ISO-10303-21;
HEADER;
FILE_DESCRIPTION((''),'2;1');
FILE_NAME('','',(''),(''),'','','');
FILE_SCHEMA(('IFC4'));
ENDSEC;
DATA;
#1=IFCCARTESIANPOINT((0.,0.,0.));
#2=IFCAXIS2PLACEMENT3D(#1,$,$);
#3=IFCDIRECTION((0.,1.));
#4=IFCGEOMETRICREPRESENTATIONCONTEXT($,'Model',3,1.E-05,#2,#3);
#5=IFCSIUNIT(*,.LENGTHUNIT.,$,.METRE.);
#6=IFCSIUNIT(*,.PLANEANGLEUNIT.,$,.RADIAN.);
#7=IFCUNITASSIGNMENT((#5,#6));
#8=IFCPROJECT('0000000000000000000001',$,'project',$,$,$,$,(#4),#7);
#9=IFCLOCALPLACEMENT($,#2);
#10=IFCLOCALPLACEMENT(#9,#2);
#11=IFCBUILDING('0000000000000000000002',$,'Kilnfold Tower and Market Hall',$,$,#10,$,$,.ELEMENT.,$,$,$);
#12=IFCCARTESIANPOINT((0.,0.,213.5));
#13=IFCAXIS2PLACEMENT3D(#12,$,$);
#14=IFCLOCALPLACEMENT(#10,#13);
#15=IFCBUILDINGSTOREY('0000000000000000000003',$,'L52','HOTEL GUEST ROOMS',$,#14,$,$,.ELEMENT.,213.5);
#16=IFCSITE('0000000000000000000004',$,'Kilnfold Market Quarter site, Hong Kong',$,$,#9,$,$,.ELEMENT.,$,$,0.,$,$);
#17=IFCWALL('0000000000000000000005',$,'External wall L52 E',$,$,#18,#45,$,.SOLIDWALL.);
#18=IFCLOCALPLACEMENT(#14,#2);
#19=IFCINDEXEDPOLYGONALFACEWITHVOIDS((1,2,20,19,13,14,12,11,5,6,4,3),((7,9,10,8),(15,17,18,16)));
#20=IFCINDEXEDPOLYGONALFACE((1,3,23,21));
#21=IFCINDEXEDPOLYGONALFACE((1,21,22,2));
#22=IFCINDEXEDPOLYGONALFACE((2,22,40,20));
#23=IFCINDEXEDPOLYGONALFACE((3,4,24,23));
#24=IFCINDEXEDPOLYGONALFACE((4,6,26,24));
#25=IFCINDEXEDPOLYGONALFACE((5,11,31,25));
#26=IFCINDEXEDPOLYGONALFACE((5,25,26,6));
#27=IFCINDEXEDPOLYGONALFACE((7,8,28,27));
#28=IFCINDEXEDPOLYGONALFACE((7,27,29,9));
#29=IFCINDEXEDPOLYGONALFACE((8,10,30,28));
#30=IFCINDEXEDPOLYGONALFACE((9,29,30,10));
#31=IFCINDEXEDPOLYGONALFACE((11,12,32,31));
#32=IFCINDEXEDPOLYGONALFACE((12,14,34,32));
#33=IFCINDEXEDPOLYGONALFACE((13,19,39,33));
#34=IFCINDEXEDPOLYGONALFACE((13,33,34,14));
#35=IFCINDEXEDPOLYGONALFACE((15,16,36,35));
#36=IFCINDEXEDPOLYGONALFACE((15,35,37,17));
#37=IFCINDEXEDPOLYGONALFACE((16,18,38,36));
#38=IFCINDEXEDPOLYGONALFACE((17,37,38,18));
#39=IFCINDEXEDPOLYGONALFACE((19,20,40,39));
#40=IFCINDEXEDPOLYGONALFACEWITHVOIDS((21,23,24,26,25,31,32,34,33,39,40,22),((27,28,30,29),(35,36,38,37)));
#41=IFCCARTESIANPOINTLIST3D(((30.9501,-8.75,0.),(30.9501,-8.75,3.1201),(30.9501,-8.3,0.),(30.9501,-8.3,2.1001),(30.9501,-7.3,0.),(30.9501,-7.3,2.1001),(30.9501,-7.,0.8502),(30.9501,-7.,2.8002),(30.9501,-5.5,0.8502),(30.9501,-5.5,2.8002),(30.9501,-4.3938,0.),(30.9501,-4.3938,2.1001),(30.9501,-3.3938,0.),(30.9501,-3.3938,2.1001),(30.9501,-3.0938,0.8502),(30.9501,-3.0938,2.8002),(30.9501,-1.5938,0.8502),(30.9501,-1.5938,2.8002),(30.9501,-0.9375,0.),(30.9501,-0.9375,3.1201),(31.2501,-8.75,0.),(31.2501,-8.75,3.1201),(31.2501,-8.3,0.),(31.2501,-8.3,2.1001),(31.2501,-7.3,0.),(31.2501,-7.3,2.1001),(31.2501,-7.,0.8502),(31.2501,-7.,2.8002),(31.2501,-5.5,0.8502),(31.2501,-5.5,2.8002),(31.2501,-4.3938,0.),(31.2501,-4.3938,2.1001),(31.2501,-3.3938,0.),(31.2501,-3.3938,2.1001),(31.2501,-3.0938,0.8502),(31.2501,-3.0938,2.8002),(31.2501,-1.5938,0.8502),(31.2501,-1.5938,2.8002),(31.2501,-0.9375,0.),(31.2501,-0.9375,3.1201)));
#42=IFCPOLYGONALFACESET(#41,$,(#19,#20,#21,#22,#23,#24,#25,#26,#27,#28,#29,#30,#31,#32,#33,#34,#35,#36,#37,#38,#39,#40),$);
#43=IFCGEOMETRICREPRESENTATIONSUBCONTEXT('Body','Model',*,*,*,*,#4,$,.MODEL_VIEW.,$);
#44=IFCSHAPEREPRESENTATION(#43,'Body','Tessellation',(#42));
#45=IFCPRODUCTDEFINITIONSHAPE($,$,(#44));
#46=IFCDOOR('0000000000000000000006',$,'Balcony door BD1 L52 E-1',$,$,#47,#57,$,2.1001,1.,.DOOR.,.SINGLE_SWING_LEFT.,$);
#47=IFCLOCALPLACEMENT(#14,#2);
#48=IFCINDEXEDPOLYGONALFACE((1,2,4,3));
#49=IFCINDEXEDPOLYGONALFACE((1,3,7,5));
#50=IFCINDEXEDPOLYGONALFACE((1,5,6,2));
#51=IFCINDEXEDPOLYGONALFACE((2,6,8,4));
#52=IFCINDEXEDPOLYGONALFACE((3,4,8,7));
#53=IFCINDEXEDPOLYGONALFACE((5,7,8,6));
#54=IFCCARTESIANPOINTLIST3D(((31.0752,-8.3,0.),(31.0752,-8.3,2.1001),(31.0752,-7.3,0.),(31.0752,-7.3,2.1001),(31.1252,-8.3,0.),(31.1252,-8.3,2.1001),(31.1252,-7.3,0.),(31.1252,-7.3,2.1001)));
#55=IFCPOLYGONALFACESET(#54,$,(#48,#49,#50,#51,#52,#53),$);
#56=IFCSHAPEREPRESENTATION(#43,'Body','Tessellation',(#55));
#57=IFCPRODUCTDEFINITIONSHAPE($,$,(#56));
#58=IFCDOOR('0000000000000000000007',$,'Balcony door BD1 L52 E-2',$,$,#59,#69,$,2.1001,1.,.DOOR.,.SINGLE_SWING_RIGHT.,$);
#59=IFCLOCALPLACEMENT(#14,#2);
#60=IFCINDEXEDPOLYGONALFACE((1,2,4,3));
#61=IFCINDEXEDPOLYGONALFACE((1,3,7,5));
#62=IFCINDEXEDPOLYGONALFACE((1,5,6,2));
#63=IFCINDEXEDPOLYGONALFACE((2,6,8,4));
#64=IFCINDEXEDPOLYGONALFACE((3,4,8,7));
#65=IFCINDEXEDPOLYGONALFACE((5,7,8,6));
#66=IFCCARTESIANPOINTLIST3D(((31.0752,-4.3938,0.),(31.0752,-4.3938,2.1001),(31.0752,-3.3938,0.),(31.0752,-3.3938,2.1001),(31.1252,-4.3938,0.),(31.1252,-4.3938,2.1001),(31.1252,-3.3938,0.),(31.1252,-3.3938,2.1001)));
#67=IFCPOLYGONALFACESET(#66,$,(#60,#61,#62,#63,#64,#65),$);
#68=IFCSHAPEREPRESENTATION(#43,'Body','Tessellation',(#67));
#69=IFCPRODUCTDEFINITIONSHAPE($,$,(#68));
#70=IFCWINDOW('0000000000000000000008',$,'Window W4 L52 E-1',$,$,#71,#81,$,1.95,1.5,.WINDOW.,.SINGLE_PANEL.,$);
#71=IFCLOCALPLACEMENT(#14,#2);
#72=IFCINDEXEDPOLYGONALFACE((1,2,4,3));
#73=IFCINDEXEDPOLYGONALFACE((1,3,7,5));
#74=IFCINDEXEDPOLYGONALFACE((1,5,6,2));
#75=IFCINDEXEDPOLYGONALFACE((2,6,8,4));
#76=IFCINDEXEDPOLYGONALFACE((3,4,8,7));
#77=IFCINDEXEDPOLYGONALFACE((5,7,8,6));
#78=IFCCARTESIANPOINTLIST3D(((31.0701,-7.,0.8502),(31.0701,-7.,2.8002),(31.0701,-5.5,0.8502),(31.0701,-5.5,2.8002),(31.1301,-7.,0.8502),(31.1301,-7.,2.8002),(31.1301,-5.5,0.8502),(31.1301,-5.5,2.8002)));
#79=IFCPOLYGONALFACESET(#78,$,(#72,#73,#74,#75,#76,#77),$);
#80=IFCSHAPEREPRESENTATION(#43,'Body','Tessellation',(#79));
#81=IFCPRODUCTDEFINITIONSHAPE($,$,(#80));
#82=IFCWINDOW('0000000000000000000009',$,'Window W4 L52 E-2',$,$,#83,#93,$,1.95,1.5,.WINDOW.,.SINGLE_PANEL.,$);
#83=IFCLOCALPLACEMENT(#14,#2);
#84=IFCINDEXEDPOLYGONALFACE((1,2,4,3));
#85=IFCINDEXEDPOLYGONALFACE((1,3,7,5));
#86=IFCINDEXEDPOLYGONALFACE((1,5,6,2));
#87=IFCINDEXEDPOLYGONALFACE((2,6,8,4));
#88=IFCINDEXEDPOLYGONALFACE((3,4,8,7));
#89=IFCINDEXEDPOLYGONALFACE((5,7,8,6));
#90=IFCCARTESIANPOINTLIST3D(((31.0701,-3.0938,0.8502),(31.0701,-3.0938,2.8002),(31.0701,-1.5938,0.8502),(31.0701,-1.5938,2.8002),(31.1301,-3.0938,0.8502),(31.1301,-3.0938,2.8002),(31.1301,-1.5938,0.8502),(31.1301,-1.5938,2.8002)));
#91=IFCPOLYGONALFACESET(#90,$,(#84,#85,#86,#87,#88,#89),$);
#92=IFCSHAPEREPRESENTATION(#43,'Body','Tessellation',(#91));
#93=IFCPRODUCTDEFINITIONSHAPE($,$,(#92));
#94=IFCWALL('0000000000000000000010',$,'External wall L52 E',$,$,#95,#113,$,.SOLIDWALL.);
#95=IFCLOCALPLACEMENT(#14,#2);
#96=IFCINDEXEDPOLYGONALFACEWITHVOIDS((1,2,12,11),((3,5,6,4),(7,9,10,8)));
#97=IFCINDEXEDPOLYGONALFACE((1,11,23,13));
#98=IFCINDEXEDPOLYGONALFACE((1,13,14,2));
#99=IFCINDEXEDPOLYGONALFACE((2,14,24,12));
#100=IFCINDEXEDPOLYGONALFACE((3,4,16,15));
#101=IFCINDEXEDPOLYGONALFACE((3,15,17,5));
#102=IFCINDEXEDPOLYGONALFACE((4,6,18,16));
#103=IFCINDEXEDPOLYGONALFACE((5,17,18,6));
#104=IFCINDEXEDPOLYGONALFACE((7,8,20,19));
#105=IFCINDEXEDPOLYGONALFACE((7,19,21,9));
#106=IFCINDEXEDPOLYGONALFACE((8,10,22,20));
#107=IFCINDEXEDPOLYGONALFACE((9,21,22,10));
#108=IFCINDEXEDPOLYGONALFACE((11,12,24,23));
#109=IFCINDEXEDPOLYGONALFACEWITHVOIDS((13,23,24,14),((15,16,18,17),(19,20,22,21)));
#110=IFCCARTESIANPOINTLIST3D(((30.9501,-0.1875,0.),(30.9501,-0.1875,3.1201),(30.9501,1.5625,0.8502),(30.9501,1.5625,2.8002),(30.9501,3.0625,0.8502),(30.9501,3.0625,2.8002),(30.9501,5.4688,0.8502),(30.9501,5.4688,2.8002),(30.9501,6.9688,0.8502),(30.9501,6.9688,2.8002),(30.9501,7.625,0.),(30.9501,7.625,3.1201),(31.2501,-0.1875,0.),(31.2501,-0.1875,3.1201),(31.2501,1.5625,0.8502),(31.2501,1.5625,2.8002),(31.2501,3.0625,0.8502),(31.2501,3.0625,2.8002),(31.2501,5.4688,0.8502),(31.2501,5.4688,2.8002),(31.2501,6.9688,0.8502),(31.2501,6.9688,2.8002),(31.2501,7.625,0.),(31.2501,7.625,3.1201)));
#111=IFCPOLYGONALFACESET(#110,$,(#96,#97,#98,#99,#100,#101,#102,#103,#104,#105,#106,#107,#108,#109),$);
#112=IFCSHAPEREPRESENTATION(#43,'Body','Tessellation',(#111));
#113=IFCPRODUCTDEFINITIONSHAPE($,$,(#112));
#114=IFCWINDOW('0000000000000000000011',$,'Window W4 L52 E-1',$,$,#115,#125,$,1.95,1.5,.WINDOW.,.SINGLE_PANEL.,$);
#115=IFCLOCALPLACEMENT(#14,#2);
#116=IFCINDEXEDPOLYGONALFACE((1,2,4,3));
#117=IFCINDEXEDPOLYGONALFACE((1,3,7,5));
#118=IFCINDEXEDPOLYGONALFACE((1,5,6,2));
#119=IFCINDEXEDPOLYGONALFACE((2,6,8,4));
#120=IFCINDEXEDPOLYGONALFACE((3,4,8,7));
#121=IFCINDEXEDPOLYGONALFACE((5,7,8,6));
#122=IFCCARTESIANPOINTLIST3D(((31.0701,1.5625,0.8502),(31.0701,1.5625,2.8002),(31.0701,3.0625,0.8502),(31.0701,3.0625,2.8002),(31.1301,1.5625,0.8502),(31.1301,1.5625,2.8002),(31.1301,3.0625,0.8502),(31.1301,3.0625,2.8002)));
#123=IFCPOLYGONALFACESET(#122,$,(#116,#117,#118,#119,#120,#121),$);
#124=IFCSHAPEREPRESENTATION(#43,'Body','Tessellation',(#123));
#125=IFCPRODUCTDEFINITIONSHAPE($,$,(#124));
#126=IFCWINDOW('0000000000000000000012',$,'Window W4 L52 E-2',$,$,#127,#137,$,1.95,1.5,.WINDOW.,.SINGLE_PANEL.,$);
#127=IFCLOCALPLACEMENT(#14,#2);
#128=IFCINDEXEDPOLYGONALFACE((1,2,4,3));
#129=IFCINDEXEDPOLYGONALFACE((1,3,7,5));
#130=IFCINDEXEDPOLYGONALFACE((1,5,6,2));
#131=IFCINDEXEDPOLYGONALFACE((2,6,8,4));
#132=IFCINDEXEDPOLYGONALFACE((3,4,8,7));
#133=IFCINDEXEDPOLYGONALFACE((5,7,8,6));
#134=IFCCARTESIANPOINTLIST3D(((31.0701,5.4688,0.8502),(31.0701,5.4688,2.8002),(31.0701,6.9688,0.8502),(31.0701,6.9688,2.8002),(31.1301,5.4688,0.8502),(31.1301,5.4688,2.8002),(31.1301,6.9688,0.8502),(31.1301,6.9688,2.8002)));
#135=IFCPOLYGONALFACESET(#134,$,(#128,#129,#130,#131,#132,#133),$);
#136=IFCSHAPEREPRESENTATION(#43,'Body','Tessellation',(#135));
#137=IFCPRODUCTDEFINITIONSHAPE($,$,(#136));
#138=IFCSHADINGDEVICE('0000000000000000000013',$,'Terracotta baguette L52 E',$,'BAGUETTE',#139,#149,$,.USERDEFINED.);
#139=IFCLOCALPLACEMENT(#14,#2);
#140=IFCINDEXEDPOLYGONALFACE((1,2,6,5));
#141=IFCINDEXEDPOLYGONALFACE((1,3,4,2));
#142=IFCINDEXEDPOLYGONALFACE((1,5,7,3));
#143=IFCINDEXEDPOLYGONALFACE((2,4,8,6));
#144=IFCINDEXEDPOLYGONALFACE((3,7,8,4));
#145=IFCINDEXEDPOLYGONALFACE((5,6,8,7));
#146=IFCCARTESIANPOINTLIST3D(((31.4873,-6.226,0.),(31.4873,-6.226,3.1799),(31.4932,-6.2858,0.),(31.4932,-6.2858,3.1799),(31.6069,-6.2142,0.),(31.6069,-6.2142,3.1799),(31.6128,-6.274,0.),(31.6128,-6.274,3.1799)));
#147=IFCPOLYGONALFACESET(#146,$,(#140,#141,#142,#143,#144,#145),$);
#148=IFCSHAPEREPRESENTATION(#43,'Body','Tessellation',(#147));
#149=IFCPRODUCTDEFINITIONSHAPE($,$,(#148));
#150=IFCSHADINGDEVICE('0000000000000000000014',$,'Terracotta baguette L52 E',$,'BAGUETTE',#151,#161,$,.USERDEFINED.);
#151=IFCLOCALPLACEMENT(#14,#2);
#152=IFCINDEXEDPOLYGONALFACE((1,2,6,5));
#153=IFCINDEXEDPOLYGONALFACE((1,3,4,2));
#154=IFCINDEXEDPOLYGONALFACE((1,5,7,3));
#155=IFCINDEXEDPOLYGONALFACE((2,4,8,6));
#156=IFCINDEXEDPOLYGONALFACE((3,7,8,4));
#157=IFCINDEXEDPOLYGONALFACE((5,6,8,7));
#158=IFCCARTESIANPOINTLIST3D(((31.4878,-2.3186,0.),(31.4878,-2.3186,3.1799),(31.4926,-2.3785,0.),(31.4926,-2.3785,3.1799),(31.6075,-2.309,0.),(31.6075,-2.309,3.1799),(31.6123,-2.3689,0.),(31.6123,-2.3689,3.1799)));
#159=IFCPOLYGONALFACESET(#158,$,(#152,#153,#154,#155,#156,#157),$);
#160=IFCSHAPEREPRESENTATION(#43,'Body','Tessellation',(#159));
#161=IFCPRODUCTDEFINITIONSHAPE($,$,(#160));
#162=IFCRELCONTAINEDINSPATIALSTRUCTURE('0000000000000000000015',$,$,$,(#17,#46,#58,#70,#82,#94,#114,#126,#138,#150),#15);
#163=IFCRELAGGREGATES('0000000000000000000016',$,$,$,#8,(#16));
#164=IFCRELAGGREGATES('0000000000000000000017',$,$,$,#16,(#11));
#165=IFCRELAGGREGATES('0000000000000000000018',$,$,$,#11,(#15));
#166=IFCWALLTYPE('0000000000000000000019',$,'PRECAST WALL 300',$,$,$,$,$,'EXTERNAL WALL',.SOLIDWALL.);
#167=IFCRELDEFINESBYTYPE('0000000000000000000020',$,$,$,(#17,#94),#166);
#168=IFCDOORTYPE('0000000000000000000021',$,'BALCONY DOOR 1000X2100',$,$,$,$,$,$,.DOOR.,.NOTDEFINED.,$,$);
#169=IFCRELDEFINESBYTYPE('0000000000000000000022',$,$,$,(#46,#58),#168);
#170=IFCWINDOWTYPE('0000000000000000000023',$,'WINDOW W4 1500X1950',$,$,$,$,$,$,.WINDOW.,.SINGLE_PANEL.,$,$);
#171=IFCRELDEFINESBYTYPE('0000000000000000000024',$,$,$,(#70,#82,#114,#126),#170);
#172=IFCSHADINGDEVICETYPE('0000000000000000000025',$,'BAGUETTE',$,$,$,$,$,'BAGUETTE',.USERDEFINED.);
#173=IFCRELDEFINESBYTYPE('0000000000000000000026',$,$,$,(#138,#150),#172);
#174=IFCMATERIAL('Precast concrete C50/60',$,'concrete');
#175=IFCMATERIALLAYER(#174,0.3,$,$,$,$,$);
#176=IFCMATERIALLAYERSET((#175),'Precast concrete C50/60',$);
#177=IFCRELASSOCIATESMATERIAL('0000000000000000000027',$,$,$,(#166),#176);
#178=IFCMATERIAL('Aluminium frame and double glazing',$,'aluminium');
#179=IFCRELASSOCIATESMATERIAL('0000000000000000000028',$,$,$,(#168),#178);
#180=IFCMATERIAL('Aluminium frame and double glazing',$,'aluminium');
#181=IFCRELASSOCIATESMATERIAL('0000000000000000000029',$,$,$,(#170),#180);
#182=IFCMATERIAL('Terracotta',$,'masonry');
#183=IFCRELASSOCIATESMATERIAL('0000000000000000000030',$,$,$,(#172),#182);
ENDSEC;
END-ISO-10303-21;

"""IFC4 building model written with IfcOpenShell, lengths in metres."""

from ifc_helpers import new_model, si_unit, direction, frame, frame_2d, origin, origin_2d, place, context, subcontext, project, spatial, rectangle, extrude, source, transform, mapped, material, layer, layer_set, material_profile, profile_set, type_object, element, fill, save


model = new_model("IFC4")

# Units and contexts
model_context = context("Model", 3, precision=1e-05, world=origin(), true_north=direction((0.0, 1.0)))
body_context = subcontext(model_context, "Body", "Model", "MODEL_VIEW")
ifc_project = project(units=[si_unit("LENGTHUNIT", "METRE"), si_unit("PLANEANGLEUNIT", "RADIAN")], contexts=[model_context])

# Site, building, storey
site_placement = place(None, origin())
site = spatial("IfcSite", under=ifc_project, at=site_placement, Name="Kilnfold Market Quarter site, Hong Kong", CompositionType="ELEMENT", RefElevation=0.0)
building_placement = place(site_placement, origin())
building = spatial("IfcBuilding", under=site, at=building_placement, Name="Kilnfold Tower and Market Hall", CompositionType="ELEMENT")
storey_placement = place(building_placement, frame((0.0, 0.0, 213.5)))
storey = spatial("IfcBuildingStorey", under=building, at=storey_placement, Name="L52", Description="HOTEL GUEST ROOMS", CompositionType="ELEMENT", Elevation=213.5)

# Wall, openings, doors, windows
ifc_material_1 = material(Name="Precast concrete C50/60", Category="concrete")
ifc_layer_1 = layer(ifc_material_1, 0.3)
ifc_layer_set_1 = layer_set([ifc_layer_1], Name="Precast concrete C50/60")
wall_type_1 = type_object("IfcWallType", Name="PRECAST WALL 300", ElementType="EXTERNAL WALL", PredefinedType="SOLIDWALL", material=ifc_layer_set_1)
shared_shape_1 = source(origin(), body_context, "Body", "SweptSolid", [
    extrude(rectangle(XDim=7.8125, YDim=0.3, at=frame_2d((3.9062, 0.0))), origin(), (0.0, 0.0, 1.0), 3.1201),
])
wall_1_placement = place(storey_placement, frame((31.1001, -8.75, 0.0), z_axis=(0.0, 0.0, 1.0), x_axis=(0.0, 1.0, 0.0)))
wall_1 = element("IfcWall", 1, at=wall_1_placement, inside=storey, type_object=wall_type_1, Name="External wall L52 E", PredefinedType="SOLIDWALL", context=body_context, shape_type="MappedRepresentation", body=[
    mapped(shared_shape_1, transform((0.0, 0.0, 0.0))),
])
opening_1_placement = place(wall_1_placement, frame((1.75, 0.0, 0.8501)))
opening_1 = element("IfcOpeningElement", 2, at=opening_1_placement, cuts=wall_1, PredefinedType="OPENING", context=body_context, shape_type="SweptSolid", body=[
    extrude(rectangle(XDim=1.5, YDim=1.95, at=frame_2d((0.75, 0.9751))), frame((0.0, 0.1602, 0.0), z_axis=(0.0, -1.0, 0.0), x_axis=(1.0, 0.0, 0.0)), (0.0, 0.0, 1.0), 0.3201),
])
opening_2_placement = place(wall_1_placement, frame((0.45, 0.0, 0.0)))
opening_2 = element("IfcOpeningElement", 3, at=opening_2_placement, cuts=wall_1, PredefinedType="OPENING", context=body_context, shape_type="SweptSolid", body=[
    extrude(rectangle(XDim=1.0, YDim=2.1001, at=frame_2d((0.5, 1.05))), frame((0.0, 0.1602, 0.0), z_axis=(0.0, -1.0, 0.0), x_axis=(1.0, 0.0, 0.0)), (0.0, 0.0, 1.0), 0.3201),
])
opening_3_placement = place(wall_1_placement, frame((5.6562, 0.0, 0.8501)))
opening_3 = element("IfcOpeningElement", 4, at=opening_3_placement, cuts=wall_1, PredefinedType="OPENING", context=body_context, shape_type="SweptSolid", body=[
    extrude(rectangle(XDim=1.5, YDim=1.95, at=frame_2d((0.75, 0.9751))), frame((0.0, 0.1602, 0.0), z_axis=(0.0, -1.0, 0.0), x_axis=(1.0, 0.0, 0.0)), (0.0, 0.0, 1.0), 0.3201),
])
opening_4_placement = place(wall_1_placement, frame((4.3562, 0.0, 0.0)))
opening_4 = element("IfcOpeningElement", 5, at=opening_4_placement, cuts=wall_1, PredefinedType="OPENING", context=body_context, shape_type="SweptSolid", body=[
    extrude(rectangle(XDim=1.0, YDim=2.1001, at=frame_2d((0.5, 1.05))), frame((0.0, 0.1602, 0.0), z_axis=(0.0, -1.0, 0.0), x_axis=(1.0, 0.0, 0.0)), (0.0, 0.0, 1.0), 0.3201),
])
ifc_material_2 = material(Name="Aluminium frame and double glazing", Category="aluminium")
door_type_1 = type_object("IfcDoorType", Name="BALCONY DOOR 1000X2100", OperationType="NOTDEFINED", PredefinedType="DOOR", material=ifc_material_2)
door_1_placement = place(opening_2_placement, origin())
door_1 = element("IfcDoor", 6, at=door_1_placement, inside=storey, type_object=door_type_1, Name="Balcony door BD1 L52 E-1", OperationType="SINGLE_SWING_LEFT", OverallHeight=2.1001, OverallWidth=1.0, PredefinedType="DOOR", context=body_context, shape_type="SweptSolid", body=[
    extrude(rectangle(XDim=1.0, YDim=2.1001, at=frame_2d((0.5, 1.05))), frame((0.0, 0.0249, 0.0), z_axis=(0.0, -1.0, 0.0), x_axis=(1.0, 0.0, 0.0)), (0.0, 0.0, 1.0), 0.05),
])
fill(opening_2, door_1)
door_2_placement = place(opening_4_placement, origin())
door_2 = element("IfcDoor", 7, at=door_2_placement, inside=storey, type_object=door_type_1, Name="Balcony door BD1 L52 E-2", OperationType="SINGLE_SWING_RIGHT", OverallHeight=2.1001, OverallWidth=1.0, PredefinedType="DOOR", context=body_context, shape_type="SweptSolid", body=[
    extrude(rectangle(XDim=1.0, YDim=2.1001, at=frame_2d((0.5, 1.05))), frame((0.0, 0.0249, 0.0), z_axis=(0.0, -1.0, 0.0), x_axis=(1.0, 0.0, 0.0)), (0.0, 0.0, 1.0), 0.05),
])
fill(opening_4, door_2)
ifc_material_3 = material(Name="Aluminium frame and double glazing", Category="aluminium")
window_type = type_object("IfcWindowType", Name="WINDOW W4 1500X1950", PartitioningType="SINGLE_PANEL", PredefinedType="WINDOW", material=ifc_material_3)
window_1_placement = place(opening_1_placement, origin())
window_1 = element("IfcWindow", 8, at=window_1_placement, inside=storey, type_object=window_type, Name="Window W4 L52 E-1", OverallHeight=1.95, OverallWidth=1.5, PartitioningType="SINGLE_PANEL", PredefinedType="WINDOW", context=body_context, shape_type="SweptSolid", body=[
    extrude(rectangle(XDim=1.5, YDim=1.95, at=frame_2d((0.75, 0.9751))), frame((0.0, 0.03, 0.0), z_axis=(0.0, -1.0, 0.0), x_axis=(1.0, 0.0, 0.0)), (0.0, 0.0, 1.0), 0.0601),
])
fill(opening_1, window_1)
window_2_placement = place(opening_3_placement, origin())
window_2 = element("IfcWindow", 9, at=window_2_placement, inside=storey, type_object=window_type, Name="Window W4 L52 E-2", OverallHeight=1.95, OverallWidth=1.5, PartitioningType="SINGLE_PANEL", PredefinedType="WINDOW", context=body_context, shape_type="SweptSolid", body=[
    extrude(rectangle(XDim=1.5, YDim=1.95, at=frame_2d((0.75, 0.9751))), frame((0.0, 0.03, 0.0), z_axis=(0.0, -1.0, 0.0), x_axis=(1.0, 0.0, 0.0)), (0.0, 0.0, 1.0), 0.0601),
])
fill(opening_3, window_2)

# Wall, openings, windows
wall_2_placement = place(storey_placement, frame((31.1001, -0.1875, 0.0), z_axis=(0.0, 0.0, 1.0), x_axis=(0.0, 1.0, 0.0)))
wall_2 = element("IfcWall", 10, at=wall_2_placement, inside=storey, type_object=wall_type_1, Name="External wall L52 E", PredefinedType="SOLIDWALL", context=body_context, shape_type="MappedRepresentation", body=[
    mapped(shared_shape_1, transform((0.0, 0.0, 0.0))),
])
opening_5_placement = place(wall_2_placement, frame((1.75, 0.0, 0.8501)))
opening_5 = element("IfcOpeningElement", 11, at=opening_5_placement, cuts=wall_2, PredefinedType="OPENING", context=body_context, shape_type="SweptSolid", body=[
    extrude(rectangle(XDim=1.5, YDim=1.95, at=frame_2d((0.75, 0.9751))), frame((0.0, 0.1602, 0.0), z_axis=(0.0, -1.0, 0.0), x_axis=(1.0, 0.0, 0.0)), (0.0, 0.0, 1.0), 0.3201),
])
opening_6_placement = place(wall_2_placement, frame((5.6562, 0.0, 0.8501)))
opening_6 = element("IfcOpeningElement", 12, at=opening_6_placement, cuts=wall_2, PredefinedType="OPENING", context=body_context, shape_type="SweptSolid", body=[
    extrude(rectangle(XDim=1.5, YDim=1.95, at=frame_2d((0.75, 0.9751))), frame((0.0, 0.1602, 0.0), z_axis=(0.0, -1.0, 0.0), x_axis=(1.0, 0.0, 0.0)), (0.0, 0.0, 1.0), 0.3201),
])
window_3_placement = place(opening_5_placement, origin())
window_3 = element("IfcWindow", 13, at=window_3_placement, inside=storey, type_object=window_type, Name="Window W4 L52 E-1", OverallHeight=1.95, OverallWidth=1.5, PartitioningType="SINGLE_PANEL", PredefinedType="WINDOW", context=body_context, shape_type="SweptSolid", body=[
    extrude(rectangle(XDim=1.5, YDim=1.95, at=frame_2d((0.75, 0.9751))), frame((0.0, 0.03, 0.0), z_axis=(0.0, -1.0, 0.0), x_axis=(1.0, 0.0, 0.0)), (0.0, 0.0, 1.0), 0.0601),
])
fill(opening_5, window_3)
window_4_placement = place(opening_6_placement, origin())
window_4 = element("IfcWindow", 14, at=window_4_placement, inside=storey, type_object=window_type, Name="Window W4 L52 E-2", OverallHeight=1.95, OverallWidth=1.5, PartitioningType="SINGLE_PANEL", PredefinedType="WINDOW", context=body_context, shape_type="SweptSolid", body=[
    extrude(rectangle(XDim=1.5, YDim=1.95, at=frame_2d((0.75, 0.9751))), frame((0.0, 0.03, 0.0), z_axis=(0.0, -1.0, 0.0), x_axis=(1.0, 0.0, 0.0)), (0.0, 0.0, 1.0), 0.0601),
])
fill(opening_6, window_4)

# Shading devices
ifc_material_4 = material(Name="Terracotta", Category="masonry")
ifc_material_profile_1 = material_profile(ifc_material_4, rectangle(XDim=0.0601, YDim=0.1201, at=origin_2d()), Name="BAG 60x120")
ifc_profile_set_1 = profile_set([ifc_material_profile_1], Name="Terracotta")
shading_device_type = type_object("IfcShadingDeviceType", Name="BAGUETTE", ElementType="BAGUETTE", PredefinedType="USERDEFINED", material=ifc_profile_set_1)
shared_shape_2 = source(origin(), body_context, "Body", "SweptSolid", [
    extrude(rectangle(XDim=0.0601, YDim=0.1201, at=origin_2d()), origin(), (0.0, 0.0, 1.0), 3.1799),
])
for number, where, z_axis, x_axis, name in (
    (15, (31.55, -6.25, 0.0), (0.0, 0.0, 1.0), (-0.098029, 0.995184, 0.0), "Terracotta baguette L52 E"),
    (16, (31.55, -2.3438, 0.0), (0.0, 0.0, 1.0), (-0.079741, 0.996816, 0.0), "Terracotta baguette L52 E"),
):
    element("IfcShadingDevice", number, at=place(storey_placement, frame(where, z_axis=z_axis, x_axis=x_axis)), inside=storey, type_object=shading_device_type, Name=name, ObjectType="BAGUETTE", PredefinedType="USERDEFINED", context=body_context, shape_type="MappedRepresentation", body=[
        mapped(shared_shape_2, transform((0.0, 0.0, 0.0))),
    ])

save(model, "model.ifc")
